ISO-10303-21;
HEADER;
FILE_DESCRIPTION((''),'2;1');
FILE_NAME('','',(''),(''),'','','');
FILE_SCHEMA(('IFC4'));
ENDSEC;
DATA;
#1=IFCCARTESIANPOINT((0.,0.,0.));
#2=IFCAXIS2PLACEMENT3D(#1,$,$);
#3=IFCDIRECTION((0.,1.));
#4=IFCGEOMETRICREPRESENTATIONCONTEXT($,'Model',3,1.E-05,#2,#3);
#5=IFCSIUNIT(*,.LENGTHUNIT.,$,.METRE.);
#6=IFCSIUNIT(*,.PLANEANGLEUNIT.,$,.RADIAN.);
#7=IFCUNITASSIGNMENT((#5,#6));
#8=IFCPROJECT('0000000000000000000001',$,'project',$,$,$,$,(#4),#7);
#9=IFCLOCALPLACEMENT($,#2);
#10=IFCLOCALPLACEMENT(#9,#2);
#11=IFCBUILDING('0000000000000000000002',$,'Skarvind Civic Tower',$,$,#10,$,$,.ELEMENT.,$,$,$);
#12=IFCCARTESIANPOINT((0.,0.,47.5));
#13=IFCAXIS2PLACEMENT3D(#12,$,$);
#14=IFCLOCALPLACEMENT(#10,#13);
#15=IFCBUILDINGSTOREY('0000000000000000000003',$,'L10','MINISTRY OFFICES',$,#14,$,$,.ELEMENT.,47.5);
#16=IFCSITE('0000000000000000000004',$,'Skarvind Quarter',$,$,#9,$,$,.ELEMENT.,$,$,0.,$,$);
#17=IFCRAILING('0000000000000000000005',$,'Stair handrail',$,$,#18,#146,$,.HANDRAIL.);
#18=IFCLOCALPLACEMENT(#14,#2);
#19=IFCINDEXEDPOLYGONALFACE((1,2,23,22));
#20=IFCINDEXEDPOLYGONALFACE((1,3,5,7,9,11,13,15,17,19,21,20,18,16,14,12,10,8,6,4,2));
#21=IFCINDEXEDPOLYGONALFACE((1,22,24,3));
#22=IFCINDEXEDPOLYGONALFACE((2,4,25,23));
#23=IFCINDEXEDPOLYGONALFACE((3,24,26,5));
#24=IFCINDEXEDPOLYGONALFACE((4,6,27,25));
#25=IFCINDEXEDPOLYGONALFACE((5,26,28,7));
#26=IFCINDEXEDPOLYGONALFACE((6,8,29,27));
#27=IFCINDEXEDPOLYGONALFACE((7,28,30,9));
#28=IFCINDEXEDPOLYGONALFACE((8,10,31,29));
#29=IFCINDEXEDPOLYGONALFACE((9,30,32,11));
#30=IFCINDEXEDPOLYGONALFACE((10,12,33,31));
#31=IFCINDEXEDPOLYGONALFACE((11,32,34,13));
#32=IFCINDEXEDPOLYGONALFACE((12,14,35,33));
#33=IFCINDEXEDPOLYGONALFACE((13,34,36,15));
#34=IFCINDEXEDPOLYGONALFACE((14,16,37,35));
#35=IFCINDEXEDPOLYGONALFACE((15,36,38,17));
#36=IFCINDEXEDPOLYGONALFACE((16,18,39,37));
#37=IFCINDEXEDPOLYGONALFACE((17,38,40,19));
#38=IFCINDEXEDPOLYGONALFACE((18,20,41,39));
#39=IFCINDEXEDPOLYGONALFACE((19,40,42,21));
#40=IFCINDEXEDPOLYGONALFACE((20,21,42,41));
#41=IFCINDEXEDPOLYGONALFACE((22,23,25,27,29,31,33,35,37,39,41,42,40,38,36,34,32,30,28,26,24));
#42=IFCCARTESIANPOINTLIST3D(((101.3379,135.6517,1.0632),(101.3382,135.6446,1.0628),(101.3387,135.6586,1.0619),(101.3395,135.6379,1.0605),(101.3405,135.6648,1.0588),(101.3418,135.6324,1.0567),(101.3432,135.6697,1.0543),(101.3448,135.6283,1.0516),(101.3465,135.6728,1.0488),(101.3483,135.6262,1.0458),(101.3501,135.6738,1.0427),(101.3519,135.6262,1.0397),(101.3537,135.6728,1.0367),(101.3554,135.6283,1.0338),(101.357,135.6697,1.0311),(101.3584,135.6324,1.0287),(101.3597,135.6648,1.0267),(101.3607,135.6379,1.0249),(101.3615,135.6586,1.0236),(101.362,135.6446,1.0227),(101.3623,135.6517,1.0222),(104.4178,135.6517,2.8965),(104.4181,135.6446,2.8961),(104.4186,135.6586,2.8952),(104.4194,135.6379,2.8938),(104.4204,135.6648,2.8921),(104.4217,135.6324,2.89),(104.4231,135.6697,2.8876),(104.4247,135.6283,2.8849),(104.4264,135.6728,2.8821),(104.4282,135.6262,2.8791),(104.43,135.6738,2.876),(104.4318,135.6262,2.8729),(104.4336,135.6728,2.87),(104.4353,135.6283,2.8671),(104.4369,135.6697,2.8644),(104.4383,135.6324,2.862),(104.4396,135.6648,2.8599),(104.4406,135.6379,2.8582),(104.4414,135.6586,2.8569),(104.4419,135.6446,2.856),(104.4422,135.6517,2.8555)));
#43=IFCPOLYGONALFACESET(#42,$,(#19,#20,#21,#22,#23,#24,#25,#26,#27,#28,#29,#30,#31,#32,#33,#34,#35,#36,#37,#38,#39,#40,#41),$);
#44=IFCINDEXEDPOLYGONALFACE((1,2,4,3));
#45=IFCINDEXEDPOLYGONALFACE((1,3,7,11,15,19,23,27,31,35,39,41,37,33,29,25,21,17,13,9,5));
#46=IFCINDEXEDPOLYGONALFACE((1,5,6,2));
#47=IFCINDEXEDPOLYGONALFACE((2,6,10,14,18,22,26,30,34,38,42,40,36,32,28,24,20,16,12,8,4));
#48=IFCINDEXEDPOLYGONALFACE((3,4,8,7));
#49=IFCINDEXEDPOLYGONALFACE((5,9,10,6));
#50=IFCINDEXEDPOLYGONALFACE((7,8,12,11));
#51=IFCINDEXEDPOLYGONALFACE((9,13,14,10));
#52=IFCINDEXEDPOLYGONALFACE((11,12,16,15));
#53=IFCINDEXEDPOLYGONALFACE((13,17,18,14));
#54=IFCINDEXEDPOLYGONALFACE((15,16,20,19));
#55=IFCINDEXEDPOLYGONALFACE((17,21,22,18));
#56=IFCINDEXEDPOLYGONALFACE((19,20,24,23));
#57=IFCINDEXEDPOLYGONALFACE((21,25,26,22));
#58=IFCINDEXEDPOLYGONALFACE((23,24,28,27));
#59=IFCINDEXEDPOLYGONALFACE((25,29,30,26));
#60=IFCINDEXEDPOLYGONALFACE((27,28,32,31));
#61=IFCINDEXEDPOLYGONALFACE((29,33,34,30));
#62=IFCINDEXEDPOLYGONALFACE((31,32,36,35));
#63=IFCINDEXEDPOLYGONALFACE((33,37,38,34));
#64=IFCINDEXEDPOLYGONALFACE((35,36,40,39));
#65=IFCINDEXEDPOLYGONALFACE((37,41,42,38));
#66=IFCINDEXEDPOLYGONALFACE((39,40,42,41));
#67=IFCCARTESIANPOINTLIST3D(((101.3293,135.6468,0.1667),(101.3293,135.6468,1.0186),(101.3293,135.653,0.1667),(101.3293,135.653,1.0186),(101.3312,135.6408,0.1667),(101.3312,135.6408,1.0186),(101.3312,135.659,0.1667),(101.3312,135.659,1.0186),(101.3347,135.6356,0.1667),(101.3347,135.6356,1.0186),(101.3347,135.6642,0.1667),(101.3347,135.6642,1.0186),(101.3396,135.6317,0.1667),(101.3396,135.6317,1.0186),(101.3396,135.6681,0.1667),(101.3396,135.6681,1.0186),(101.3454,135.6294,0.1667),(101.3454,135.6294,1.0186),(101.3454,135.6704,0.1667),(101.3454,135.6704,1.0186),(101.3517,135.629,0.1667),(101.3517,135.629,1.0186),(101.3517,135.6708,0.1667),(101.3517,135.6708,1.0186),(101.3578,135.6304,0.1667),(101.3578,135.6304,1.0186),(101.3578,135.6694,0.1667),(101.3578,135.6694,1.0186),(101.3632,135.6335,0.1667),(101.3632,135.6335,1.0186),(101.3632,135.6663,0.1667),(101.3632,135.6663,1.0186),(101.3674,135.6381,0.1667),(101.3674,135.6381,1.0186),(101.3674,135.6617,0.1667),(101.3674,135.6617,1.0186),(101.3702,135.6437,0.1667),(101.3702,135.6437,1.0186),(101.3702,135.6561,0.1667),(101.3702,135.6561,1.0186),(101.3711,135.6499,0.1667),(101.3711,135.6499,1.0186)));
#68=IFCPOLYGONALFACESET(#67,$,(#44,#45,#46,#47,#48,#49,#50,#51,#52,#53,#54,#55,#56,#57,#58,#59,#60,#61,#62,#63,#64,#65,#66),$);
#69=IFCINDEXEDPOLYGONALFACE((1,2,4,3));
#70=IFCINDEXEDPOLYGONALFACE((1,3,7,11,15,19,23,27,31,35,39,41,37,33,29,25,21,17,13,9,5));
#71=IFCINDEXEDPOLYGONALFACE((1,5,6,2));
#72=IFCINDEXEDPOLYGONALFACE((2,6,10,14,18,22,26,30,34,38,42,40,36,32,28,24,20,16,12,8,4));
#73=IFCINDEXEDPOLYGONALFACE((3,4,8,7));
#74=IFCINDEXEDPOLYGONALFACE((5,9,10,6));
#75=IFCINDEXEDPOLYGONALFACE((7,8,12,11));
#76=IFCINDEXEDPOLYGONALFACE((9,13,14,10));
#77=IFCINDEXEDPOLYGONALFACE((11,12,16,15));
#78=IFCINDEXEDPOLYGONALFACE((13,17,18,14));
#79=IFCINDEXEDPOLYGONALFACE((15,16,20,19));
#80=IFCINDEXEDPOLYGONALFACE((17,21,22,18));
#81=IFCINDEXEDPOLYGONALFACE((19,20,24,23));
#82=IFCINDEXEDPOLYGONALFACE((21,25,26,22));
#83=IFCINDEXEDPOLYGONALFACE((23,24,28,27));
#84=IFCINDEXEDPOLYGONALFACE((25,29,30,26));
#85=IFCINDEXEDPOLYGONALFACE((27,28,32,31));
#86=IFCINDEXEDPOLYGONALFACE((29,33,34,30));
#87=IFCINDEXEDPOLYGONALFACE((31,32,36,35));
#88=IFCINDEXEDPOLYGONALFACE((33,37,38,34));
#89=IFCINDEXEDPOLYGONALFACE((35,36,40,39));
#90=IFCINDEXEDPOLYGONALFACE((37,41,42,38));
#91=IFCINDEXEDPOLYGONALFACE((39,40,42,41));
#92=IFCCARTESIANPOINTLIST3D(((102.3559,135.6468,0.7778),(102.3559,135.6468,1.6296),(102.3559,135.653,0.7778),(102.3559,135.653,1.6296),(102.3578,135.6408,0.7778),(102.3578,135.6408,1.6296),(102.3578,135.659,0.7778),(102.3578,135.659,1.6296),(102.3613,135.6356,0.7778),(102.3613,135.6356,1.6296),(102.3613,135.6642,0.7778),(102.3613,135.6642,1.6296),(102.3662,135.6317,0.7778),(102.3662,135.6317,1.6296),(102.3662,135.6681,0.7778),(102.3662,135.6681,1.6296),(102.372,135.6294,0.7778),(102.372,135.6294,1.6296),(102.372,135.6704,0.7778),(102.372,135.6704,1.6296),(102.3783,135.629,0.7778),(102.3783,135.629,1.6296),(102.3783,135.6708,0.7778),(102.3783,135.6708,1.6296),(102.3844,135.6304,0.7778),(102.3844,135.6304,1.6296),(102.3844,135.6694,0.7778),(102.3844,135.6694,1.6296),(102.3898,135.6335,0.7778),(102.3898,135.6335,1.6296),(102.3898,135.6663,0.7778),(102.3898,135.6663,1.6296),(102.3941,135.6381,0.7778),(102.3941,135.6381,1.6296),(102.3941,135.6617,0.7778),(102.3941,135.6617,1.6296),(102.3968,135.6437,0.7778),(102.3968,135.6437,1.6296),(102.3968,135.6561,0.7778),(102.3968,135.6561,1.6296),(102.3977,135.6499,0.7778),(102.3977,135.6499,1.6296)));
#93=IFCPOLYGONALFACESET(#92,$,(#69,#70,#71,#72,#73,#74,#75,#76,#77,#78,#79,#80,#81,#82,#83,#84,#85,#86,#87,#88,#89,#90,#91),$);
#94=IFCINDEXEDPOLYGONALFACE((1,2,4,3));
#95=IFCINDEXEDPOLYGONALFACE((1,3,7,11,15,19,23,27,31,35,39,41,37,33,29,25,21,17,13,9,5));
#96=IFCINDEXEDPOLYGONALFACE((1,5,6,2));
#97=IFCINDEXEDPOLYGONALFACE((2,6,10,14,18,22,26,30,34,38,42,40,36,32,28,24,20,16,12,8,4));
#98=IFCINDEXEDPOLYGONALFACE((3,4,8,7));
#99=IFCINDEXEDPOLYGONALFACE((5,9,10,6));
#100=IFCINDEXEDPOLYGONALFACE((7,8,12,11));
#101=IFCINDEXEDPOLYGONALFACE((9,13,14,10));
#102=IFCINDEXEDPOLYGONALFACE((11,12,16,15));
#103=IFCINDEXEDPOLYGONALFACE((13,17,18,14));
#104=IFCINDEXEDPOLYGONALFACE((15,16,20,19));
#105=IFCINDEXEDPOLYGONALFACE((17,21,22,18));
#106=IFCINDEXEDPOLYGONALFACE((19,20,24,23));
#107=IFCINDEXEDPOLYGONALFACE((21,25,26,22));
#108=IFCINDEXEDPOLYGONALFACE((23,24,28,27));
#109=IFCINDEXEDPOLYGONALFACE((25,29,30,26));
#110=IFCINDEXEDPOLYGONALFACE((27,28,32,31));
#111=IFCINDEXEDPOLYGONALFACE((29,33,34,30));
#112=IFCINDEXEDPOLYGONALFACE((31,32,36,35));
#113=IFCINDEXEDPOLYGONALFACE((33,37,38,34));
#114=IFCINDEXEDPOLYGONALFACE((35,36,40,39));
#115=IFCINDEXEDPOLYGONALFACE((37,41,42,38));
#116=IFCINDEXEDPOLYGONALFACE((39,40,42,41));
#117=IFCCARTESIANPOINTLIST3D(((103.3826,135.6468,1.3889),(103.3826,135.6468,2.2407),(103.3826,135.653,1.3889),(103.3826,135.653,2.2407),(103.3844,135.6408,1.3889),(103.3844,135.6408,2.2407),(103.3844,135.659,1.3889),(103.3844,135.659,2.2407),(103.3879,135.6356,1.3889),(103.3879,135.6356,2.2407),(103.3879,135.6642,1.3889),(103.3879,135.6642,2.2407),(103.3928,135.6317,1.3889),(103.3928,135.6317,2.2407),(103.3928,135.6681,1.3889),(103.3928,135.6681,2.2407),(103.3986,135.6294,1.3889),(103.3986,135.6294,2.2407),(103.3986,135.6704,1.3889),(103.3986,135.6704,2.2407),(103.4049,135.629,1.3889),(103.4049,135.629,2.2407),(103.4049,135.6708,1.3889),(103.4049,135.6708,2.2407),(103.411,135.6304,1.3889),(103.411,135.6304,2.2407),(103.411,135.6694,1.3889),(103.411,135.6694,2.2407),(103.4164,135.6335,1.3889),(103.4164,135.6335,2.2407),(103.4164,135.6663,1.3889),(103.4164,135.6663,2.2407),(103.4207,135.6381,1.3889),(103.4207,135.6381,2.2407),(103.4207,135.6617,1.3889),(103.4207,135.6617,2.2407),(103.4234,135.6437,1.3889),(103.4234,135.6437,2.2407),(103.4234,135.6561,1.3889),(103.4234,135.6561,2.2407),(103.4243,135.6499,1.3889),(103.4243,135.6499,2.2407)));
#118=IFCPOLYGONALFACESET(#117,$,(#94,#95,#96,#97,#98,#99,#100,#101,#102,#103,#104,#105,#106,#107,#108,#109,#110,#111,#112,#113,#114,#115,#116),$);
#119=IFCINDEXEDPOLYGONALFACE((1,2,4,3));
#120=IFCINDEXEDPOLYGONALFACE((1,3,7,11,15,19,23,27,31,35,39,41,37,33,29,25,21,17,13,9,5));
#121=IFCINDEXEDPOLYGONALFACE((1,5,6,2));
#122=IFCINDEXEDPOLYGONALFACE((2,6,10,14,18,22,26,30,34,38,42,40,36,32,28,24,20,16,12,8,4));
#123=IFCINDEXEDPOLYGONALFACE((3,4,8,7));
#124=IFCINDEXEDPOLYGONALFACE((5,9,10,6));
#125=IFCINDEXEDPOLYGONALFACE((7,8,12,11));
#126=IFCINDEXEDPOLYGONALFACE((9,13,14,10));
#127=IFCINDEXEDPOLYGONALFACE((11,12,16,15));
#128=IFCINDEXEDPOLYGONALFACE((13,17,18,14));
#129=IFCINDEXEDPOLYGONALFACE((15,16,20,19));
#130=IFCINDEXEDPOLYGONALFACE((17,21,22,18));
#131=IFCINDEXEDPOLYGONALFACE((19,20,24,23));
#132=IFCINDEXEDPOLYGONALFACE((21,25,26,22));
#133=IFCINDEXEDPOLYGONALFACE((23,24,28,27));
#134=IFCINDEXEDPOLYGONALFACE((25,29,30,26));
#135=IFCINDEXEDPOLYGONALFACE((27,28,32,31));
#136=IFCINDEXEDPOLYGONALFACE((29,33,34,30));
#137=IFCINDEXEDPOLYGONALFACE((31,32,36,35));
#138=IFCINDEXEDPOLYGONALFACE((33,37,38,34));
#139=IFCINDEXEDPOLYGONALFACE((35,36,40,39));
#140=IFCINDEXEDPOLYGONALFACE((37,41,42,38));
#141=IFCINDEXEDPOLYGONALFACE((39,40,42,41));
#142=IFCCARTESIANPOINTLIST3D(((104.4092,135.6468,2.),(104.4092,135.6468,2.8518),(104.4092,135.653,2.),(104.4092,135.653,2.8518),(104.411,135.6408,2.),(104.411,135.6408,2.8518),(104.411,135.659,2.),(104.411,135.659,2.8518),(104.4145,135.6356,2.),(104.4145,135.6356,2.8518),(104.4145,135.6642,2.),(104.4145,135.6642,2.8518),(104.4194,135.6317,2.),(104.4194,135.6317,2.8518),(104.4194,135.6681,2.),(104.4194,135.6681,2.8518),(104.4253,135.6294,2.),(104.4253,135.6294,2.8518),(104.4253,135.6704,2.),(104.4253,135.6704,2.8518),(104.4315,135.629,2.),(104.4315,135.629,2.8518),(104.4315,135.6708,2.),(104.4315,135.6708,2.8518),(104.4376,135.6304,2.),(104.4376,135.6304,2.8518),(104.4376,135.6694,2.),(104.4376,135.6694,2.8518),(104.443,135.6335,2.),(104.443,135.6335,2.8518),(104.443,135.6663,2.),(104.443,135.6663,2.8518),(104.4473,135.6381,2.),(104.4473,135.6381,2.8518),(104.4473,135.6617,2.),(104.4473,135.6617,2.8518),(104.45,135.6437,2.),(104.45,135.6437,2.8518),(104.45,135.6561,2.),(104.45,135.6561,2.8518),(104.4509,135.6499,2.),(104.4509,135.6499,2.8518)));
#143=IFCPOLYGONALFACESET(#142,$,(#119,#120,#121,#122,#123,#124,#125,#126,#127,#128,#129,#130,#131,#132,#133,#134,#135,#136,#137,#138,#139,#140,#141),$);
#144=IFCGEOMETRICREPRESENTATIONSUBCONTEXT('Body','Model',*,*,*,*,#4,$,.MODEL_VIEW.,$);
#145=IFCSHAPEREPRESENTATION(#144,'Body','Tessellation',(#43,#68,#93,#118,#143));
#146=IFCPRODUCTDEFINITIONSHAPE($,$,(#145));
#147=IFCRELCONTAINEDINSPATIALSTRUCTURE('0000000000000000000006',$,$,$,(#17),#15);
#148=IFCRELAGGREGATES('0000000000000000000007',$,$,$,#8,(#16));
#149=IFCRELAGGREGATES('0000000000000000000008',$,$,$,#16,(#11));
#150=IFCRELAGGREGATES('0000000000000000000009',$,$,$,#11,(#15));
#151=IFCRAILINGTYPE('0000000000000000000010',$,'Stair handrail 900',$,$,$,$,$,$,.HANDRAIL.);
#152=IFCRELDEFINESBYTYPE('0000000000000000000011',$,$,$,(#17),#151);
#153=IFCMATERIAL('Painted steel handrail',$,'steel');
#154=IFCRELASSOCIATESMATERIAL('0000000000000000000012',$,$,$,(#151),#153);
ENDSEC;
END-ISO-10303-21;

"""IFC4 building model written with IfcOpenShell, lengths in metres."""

from ifc_helpers import new_model, si_unit, direction, frame, origin, origin_2d, place, context, subcontext, project, spatial, circle, extrude, material, type_object, element, save


model = new_model("IFC4")

# Units and contexts
model_context = context("Model", 3, precision=1e-05, world=origin(), true_north=direction((0.0, 1.0)))
body_context = subcontext(model_context, "Body", "Model", "MODEL_VIEW")
ifc_project = project(units=[si_unit("LENGTHUNIT", "METRE"), si_unit("PLANEANGLEUNIT", "RADIAN")], contexts=[model_context])

# Site, building, storey
site_placement = place(None, origin())
site = spatial("IfcSite", under=ifc_project, at=site_placement, Name="Skarvind Quarter", CompositionType="ELEMENT", RefElevation=0.0)
building_placement = place(site_placement, origin())
building = spatial("IfcBuilding", under=site, at=building_placement, Name="Skarvind Civic Tower", CompositionType="ELEMENT")
storey_placement = place(building_placement, frame((0.0, 0.0, 47.5)))
storey = spatial("IfcBuildingStorey", under=building, at=storey_placement, Name="L10", Description="MINISTRY OFFICES", CompositionType="ELEMENT", Elevation=47.5)

# Railing
ifc_material_1 = material(Name="Painted steel handrail", Category="steel")
railing_type = type_object("IfcRailingType", Name="Stair handrail 900", PredefinedType="HANDRAIL", material=ifc_material_1)
railing_1_placement = place(storey_placement, frame((101.3501, 135.6499, 0.1667)))
element("IfcRailing", 1, at=railing_1_placement, inside=storey, type_object=railing_type, Name="Stair handrail", PredefinedType="HANDRAIL", context=body_context, shape_type="SweptSolid", body=[
    extrude(circle(Radius=0.0239, at=origin_2d()), frame((0.0, 0.0, 0.876), z_axis=(0.859291, 0.0, 0.511487), x_axis=(0.0, 1.0, 0.0)), (0.0, 0.0, 1.0), 3.5842),
    extrude(circle(Radius=0.021, at=origin_2d()), origin(), (0.0, 0.0, 1.0), 0.8518),
    extrude(circle(Radius=0.021, at=origin_2d()), frame((1.0266, 0.0, 0.6111)), (0.0, 0.0, 1.0), 0.8518),
    extrude(circle(Radius=0.021, at=origin_2d()), frame((2.0532, 0.0, 1.2222)), (0.0, 0.0, 1.0), 0.8518),
    extrude(circle(Radius=0.021, at=origin_2d()), frame((3.0798, 0.0, 1.8333)), (0.0, 0.0, 1.0), 0.8518),
])

save(model, "model.ifc")
